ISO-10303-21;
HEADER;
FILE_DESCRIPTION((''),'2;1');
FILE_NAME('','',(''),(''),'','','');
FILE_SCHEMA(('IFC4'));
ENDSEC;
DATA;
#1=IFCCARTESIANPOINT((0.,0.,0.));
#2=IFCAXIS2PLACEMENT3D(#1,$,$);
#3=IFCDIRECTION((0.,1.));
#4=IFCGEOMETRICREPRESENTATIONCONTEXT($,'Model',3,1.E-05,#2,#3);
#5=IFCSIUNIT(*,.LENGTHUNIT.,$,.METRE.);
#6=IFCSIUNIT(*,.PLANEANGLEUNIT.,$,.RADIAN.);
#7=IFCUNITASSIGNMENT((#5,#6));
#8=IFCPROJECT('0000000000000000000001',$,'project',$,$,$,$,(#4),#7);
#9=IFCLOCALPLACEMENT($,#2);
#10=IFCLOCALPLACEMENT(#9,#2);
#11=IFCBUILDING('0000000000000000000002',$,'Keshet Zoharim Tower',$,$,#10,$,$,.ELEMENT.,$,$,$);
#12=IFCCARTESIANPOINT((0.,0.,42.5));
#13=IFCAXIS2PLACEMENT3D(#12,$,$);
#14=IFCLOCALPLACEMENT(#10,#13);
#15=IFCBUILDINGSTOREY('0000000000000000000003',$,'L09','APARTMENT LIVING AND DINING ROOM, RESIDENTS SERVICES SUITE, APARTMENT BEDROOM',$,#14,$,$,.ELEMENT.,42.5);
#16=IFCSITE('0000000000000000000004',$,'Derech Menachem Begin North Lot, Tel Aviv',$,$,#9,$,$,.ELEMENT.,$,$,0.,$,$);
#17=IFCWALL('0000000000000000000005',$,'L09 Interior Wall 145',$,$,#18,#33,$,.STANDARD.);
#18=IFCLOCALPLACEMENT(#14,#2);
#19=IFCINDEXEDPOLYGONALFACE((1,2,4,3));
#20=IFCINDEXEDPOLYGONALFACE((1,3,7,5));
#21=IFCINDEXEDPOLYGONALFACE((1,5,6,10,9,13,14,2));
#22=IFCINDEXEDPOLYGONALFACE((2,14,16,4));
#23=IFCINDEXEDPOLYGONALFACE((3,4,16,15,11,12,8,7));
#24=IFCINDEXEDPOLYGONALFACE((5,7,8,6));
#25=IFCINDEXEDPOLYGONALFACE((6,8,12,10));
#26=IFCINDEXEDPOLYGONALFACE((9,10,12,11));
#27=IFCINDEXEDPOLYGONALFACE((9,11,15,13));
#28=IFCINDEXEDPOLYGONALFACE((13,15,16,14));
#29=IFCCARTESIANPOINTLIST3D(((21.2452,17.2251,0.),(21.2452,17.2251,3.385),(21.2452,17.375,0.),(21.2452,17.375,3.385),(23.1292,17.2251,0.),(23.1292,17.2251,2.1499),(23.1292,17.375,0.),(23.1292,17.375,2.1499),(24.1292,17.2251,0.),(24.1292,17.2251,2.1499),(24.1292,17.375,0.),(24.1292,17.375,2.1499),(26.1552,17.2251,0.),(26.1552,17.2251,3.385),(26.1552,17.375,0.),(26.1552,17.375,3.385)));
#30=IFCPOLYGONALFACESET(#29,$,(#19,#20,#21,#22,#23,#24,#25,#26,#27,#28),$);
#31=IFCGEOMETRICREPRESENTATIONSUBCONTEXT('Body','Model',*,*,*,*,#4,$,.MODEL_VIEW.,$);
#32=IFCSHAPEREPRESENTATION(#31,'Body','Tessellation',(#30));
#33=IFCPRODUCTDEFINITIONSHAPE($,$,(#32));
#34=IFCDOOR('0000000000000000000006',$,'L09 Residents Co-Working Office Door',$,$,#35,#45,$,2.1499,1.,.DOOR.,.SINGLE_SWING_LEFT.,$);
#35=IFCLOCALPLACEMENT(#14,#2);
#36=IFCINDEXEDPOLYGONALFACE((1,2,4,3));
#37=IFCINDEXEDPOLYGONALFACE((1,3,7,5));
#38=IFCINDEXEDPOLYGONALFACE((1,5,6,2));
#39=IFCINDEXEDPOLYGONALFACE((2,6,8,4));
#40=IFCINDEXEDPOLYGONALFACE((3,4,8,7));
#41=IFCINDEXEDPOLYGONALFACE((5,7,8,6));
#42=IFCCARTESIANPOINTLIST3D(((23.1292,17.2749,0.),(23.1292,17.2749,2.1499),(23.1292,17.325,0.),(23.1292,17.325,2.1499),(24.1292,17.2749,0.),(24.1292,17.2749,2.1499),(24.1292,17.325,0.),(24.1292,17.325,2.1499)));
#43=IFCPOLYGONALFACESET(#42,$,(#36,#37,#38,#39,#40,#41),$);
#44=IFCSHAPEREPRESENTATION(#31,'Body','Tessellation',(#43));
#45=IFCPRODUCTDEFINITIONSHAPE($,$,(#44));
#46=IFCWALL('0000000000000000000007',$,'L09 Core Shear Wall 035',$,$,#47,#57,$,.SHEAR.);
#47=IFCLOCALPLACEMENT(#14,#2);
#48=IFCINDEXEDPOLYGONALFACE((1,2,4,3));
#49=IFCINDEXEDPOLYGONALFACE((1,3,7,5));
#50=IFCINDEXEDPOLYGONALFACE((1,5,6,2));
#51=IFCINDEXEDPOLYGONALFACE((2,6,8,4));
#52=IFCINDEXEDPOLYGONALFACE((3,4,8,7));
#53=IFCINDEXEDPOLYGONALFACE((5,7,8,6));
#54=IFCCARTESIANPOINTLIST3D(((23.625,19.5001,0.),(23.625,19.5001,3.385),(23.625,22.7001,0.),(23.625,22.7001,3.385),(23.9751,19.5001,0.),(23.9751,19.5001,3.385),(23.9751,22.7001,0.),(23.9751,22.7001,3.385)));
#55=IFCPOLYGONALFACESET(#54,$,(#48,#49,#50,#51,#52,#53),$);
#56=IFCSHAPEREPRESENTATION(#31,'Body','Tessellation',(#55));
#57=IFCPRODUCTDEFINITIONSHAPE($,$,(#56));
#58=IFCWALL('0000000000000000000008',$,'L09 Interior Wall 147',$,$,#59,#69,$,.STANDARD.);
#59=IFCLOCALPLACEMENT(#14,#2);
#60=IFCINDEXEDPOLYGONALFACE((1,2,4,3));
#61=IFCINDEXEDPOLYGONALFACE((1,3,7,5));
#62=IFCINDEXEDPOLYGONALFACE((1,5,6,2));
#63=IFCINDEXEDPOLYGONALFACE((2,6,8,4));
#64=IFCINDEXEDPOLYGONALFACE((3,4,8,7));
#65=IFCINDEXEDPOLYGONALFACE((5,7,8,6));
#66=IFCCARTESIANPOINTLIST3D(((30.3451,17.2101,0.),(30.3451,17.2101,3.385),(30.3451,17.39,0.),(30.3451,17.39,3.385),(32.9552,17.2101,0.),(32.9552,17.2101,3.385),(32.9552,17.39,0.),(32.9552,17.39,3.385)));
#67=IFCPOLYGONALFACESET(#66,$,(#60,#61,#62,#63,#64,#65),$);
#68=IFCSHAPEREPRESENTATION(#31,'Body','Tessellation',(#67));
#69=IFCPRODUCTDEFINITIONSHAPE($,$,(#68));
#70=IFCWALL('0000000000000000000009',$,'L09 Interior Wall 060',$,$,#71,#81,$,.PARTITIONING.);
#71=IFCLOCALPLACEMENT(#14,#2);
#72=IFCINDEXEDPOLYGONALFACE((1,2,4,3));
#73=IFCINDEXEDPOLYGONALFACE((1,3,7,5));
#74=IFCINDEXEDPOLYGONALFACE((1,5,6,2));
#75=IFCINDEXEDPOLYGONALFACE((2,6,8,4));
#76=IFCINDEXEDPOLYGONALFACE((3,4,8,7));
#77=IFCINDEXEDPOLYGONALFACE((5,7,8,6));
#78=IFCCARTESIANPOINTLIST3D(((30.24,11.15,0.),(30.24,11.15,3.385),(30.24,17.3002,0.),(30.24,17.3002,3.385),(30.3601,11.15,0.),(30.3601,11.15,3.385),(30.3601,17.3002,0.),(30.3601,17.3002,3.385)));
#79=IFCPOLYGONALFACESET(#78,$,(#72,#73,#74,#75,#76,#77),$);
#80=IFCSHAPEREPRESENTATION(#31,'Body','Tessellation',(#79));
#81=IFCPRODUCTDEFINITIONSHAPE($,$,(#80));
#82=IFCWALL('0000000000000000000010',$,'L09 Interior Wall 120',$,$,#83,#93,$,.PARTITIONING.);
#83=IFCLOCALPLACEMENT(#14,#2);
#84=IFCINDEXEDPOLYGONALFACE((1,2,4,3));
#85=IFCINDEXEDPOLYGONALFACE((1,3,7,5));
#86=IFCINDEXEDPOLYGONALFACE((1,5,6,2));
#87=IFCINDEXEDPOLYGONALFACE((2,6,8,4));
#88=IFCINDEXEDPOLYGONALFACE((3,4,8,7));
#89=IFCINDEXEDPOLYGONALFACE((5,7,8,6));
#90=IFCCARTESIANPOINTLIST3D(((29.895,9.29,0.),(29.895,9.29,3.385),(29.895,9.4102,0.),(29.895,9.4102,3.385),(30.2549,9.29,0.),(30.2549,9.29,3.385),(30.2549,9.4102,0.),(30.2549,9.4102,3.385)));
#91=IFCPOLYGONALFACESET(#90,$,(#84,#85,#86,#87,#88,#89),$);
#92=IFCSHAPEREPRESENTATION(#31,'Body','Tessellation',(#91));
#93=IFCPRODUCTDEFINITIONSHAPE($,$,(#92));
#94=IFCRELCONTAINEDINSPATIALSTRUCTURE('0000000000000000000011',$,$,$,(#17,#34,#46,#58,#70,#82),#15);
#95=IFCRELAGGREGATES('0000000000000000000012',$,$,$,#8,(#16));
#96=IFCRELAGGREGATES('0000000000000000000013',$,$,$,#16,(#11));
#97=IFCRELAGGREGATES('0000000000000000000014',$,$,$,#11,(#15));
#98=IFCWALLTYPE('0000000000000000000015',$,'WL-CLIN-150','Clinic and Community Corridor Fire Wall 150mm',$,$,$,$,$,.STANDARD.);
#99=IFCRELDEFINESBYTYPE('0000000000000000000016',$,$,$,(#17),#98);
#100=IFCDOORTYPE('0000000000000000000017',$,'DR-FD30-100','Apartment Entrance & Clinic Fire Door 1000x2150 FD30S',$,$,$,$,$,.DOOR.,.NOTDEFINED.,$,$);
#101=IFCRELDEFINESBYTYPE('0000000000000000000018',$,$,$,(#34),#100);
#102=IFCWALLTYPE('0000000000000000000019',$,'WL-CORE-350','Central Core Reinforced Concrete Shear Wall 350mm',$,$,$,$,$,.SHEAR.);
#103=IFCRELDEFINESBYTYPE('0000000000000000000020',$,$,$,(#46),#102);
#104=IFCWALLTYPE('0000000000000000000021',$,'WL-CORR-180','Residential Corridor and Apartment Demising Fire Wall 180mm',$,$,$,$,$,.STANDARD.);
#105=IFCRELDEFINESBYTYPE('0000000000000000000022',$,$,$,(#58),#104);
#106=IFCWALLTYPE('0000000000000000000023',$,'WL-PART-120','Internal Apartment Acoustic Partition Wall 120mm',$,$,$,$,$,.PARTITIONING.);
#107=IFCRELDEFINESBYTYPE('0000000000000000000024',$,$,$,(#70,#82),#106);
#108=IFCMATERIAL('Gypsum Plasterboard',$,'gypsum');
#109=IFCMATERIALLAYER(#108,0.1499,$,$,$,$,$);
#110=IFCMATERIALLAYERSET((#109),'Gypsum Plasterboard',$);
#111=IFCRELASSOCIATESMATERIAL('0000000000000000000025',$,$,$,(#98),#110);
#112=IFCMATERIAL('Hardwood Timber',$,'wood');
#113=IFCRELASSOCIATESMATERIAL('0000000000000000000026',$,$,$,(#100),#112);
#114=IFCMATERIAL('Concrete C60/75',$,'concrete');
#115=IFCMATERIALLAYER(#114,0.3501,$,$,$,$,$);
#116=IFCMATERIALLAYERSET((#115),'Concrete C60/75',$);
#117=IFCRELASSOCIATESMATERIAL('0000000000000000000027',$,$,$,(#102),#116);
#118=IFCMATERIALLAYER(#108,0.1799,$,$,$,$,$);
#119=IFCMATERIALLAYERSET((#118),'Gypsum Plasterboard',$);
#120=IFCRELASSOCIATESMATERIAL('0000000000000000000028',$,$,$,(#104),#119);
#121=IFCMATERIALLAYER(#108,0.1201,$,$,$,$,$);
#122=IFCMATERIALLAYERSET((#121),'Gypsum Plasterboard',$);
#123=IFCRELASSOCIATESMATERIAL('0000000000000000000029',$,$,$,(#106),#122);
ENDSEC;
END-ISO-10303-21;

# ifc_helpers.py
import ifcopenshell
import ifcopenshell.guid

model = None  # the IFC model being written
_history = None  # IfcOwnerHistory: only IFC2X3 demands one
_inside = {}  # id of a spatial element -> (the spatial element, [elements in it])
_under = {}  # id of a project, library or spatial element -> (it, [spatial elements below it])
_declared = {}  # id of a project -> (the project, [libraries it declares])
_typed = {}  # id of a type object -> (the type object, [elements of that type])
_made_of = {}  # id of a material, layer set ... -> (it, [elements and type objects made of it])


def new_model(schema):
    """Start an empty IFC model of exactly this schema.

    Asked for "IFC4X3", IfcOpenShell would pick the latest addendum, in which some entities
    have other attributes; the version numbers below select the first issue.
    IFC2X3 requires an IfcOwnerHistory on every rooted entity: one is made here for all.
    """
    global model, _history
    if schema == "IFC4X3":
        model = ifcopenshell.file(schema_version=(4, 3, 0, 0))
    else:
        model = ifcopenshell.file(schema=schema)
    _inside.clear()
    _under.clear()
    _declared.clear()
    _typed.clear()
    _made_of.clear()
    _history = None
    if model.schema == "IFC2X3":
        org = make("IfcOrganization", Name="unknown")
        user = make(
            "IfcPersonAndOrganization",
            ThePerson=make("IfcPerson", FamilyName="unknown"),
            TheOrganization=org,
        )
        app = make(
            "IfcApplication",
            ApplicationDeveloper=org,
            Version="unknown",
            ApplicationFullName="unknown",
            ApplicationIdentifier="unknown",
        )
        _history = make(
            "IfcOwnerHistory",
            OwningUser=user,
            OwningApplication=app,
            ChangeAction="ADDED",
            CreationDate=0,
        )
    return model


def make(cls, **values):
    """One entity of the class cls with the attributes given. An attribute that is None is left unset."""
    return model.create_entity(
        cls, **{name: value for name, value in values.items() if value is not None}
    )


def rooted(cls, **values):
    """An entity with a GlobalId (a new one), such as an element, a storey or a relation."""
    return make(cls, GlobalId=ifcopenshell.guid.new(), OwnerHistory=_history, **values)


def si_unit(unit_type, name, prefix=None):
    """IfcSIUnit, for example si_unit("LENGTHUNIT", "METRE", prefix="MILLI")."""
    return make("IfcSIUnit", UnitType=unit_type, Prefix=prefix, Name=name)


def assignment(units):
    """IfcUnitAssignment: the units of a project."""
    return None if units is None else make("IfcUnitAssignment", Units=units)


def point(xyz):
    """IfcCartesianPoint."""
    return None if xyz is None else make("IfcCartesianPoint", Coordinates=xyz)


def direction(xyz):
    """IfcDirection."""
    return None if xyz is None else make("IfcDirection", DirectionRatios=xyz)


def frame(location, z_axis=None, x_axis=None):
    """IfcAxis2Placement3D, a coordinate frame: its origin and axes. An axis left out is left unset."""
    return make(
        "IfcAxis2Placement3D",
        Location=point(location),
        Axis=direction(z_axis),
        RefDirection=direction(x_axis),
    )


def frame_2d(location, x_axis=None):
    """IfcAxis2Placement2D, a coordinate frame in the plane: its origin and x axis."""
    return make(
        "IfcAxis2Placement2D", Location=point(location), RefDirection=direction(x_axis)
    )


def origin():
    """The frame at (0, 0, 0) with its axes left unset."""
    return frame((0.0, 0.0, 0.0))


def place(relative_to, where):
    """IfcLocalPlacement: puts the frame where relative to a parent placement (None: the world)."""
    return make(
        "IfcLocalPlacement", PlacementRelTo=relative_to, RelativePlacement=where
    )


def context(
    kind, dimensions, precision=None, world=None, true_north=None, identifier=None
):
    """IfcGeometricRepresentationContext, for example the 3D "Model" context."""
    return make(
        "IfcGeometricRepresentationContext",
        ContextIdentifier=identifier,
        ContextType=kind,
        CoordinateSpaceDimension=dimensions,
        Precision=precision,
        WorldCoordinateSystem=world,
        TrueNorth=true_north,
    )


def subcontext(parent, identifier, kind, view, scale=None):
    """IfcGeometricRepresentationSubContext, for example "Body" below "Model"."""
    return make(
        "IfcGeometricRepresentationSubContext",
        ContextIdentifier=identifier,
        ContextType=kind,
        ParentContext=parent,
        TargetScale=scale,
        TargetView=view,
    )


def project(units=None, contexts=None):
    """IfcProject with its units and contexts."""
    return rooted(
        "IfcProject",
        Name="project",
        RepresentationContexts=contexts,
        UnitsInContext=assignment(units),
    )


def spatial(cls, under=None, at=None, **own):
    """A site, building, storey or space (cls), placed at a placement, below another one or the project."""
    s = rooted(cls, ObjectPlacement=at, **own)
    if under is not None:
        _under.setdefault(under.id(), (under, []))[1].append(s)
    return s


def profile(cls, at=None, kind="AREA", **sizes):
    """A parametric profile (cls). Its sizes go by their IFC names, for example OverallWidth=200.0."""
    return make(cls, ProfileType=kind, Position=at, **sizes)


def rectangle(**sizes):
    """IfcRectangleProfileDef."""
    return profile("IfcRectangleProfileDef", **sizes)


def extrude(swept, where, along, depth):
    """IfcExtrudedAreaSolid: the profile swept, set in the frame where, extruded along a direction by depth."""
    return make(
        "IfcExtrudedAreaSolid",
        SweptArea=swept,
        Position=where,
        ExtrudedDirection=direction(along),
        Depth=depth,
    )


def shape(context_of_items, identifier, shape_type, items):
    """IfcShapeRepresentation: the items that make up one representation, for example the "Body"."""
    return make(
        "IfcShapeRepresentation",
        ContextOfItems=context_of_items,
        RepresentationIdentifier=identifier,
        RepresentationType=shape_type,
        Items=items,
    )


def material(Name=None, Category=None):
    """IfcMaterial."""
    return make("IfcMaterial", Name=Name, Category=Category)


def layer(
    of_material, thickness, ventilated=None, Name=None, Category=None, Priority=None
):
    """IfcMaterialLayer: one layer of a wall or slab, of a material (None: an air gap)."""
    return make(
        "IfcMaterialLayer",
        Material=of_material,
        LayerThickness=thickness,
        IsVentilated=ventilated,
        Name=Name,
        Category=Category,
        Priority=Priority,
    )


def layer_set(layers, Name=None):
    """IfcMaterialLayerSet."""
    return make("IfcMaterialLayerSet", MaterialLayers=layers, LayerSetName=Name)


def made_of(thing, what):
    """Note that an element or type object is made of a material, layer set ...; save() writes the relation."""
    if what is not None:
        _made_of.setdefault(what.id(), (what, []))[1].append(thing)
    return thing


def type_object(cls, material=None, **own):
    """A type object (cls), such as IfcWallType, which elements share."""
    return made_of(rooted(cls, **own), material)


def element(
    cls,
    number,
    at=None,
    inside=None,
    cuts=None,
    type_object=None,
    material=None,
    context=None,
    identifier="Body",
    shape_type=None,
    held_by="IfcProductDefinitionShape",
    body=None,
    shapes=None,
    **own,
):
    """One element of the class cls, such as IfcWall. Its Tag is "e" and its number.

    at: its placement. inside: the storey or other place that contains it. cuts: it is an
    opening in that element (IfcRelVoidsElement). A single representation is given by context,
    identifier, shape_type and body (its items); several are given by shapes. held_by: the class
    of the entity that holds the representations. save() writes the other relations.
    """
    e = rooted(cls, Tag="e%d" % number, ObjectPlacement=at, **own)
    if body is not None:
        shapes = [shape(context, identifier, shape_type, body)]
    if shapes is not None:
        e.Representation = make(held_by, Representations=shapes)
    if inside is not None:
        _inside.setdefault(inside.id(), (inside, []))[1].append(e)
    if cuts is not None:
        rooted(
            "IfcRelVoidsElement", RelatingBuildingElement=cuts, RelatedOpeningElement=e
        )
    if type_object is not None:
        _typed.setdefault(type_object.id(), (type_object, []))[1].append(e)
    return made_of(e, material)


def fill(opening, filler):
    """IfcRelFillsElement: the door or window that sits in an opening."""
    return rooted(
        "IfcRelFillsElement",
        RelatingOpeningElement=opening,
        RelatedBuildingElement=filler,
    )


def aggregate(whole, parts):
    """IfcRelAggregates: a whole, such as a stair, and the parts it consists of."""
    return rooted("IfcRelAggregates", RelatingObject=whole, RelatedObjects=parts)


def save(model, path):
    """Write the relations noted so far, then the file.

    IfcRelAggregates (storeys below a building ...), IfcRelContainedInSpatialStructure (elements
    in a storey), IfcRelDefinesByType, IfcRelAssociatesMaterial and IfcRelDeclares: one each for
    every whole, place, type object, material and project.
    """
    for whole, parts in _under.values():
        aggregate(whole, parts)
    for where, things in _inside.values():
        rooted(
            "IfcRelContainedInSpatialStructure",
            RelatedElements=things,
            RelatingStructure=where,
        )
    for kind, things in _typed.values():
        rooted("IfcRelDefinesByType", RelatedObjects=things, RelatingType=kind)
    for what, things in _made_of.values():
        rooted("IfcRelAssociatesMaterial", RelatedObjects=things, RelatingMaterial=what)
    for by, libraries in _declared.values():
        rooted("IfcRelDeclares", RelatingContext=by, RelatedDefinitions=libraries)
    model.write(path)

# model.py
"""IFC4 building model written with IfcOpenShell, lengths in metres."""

from ifc_helpers import new_model, si_unit, direction, frame, frame_2d, origin, place, context, subcontext, project, spatial, rectangle, extrude, material, layer, layer_set, type_object, element, fill, save


model = new_model("IFC4")

# Units and contexts
model_context = context("Model", 3, precision=1e-05, world=origin(), true_north=direction((0.0, 1.0)))
body_context = subcontext(model_context, "Body", "Model", "MODEL_VIEW")
ifc_project = project(units=[si_unit("LENGTHUNIT", "METRE"), si_unit("PLANEANGLEUNIT", "RADIAN")], contexts=[model_context])

# Site, building, storey
site_placement = place(None, origin())
site = spatial("IfcSite", under=ifc_project, at=site_placement, Name="Derech Menachem Begin North Lot, Tel Aviv", CompositionType="ELEMENT", RefElevation=0.0)
building_placement = place(site_placement, origin())
building = spatial("IfcBuilding", under=site, at=building_placement, Name="Keshet Zoharim Tower", CompositionType="ELEMENT")
storey_placement = place(building_placement, frame((0.0, 0.0, 42.5)))
storey = spatial("IfcBuildingStorey", under=building, at=storey_placement, Name="L09", Description="APARTMENT LIVING AND DINING ROOM, RESIDENTS SERVICES SUITE, APARTMENT BEDROOM", CompositionType="ELEMENT", Elevation=42.5)

# Shared definitions
ifc_material_1 = material(Name="Concrete C60/75", Category="concrete")

# Wall, opening, door
ifc_material_2 = material(Name="Gypsum Plasterboard", Category="gypsum")
ifc_layer_1 = layer(ifc_material_2, 0.1499)
ifc_layer_set_1 = layer_set([ifc_layer_1], Name="Gypsum Plasterboard")
wall_type_1 = type_object("IfcWallType", Name="WL-CLIN-150", Description="Clinic and Community Corridor Fire Wall 150mm", PredefinedType="STANDARD", material=ifc_layer_set_1)
wall_1_placement = place(storey_placement, frame((21.2451, 17.3, 0.0), z_axis=(0.0, 0.0, 1.0), x_axis=(1.0, 0.0, 0.0)))
wall_1 = element("IfcWall", 1, at=wall_1_placement, inside=storey, type_object=wall_type_1, Name="L09 Interior Wall 145", PredefinedType="STANDARD", context=body_context, shape_type="SweptSolid", body=[
    extrude(rectangle(XDim=4.9099, YDim=0.1499, at=frame_2d((2.4551, 0.0))), origin(), (0.0, 0.0, 1.0), 3.385),
])
opening_1_placement = place(wall_1_placement, frame((1.884, 0.0, 0.0)))
opening_1 = element("IfcOpeningElement", 2, at=opening_1_placement, cuts=wall_1, PredefinedType="OPENING", context=body_context, shape_type="SweptSolid", body=[
    extrude(rectangle(XDim=1.0, YDim=2.1499, at=frame_2d((0.5, 1.075))), frame((0.0, 0.085, 0.0), z_axis=(0.0, -1.0, 0.0), x_axis=(1.0, 0.0, 0.0)), (0.0, 0.0, 1.0), 0.1699),
])
ifc_material_3 = material(Name="Hardwood Timber", Category="wood")
door_type_1 = type_object("IfcDoorType", Name="DR-FD30-100", Description="Apartment Entrance & Clinic Fire Door 1000x2150 FD30S", OperationType="NOTDEFINED", PredefinedType="DOOR", material=ifc_material_3)
door_1_placement = place(opening_1_placement, origin())
door_1 = element("IfcDoor", 3, at=door_1_placement, inside=storey, type_object=door_type_1, Name="L09 Residents Co-Working Office Door", OperationType="SINGLE_SWING_LEFT", OverallHeight=2.1499, OverallWidth=1.0, PredefinedType="DOOR", context=body_context, shape_type="SweptSolid", body=[
    extrude(rectangle(XDim=1.0, YDim=2.1499, at=frame_2d((0.5, 1.075))), frame((0.0, 0.0249, 0.0), z_axis=(0.0, -1.0, 0.0), x_axis=(1.0, 0.0, 0.0)), (0.0, 0.0, 1.0), 0.05),
])
fill(opening_1, door_1)

# Wall
ifc_layer_2 = layer(ifc_material_1, 0.3501)
ifc_layer_set_2 = layer_set([ifc_layer_2], Name="Concrete C60/75")
wall_type_2 = type_object("IfcWallType", Name="WL-CORE-350", Description="Central Core Reinforced Concrete Shear Wall 350mm", PredefinedType="SHEAR", material=ifc_layer_set_2)
wall_2_placement = place(storey_placement, frame((23.8, 19.5, 0.0), z_axis=(0.0, 0.0, 1.0), x_axis=(0.0, 1.0, 0.0)))
element("IfcWall", 4, at=wall_2_placement, inside=storey, type_object=wall_type_2, Name="L09 Core Shear Wall 035", PredefinedType="SHEAR", context=body_context, shape_type="SweptSolid", body=[
    extrude(rectangle(XDim=3.2, YDim=0.3501, at=frame_2d((1.6001, 0.0))), origin(), (0.0, 0.0, 1.0), 3.385),
])

# Shared definitions
ifc_layer_3 = layer(ifc_material_2, 0.1799)
ifc_layer_set_3 = layer_set([ifc_layer_3], Name="Gypsum Plasterboard")
wall_type_3 = type_object("IfcWallType", Name="WL-CORR-180", Description="Residential Corridor and Apartment Demising Fire Wall 180mm", PredefinedType="STANDARD", material=ifc_layer_set_3)

# Walls
wall_3_placement = place(storey_placement, frame((30.345, 17.3, 0.0), z_axis=(0.0, 0.0, 1.0), x_axis=(1.0, 0.0, 0.0)))
element("IfcWall", 5, at=wall_3_placement, inside=storey, type_object=wall_type_3, Name="L09 Interior Wall 147", PredefinedType="STANDARD", context=body_context, shape_type="SweptSolid", body=[
    extrude(rectangle(XDim=2.6101, YDim=0.1799, at=frame_2d((1.3052, 0.0))), origin(), (0.0, 0.0, 1.0), 3.385),
])
ifc_layer_4 = layer(ifc_material_2, 0.1201)
ifc_layer_set_4 = layer_set([ifc_layer_4], Name="Gypsum Plasterboard")
wall_type_4 = type_object("IfcWallType", Name="WL-PART-120", Description="Internal Apartment Acoustic Partition Wall 120mm", PredefinedType="PARTITIONING", material=ifc_layer_set_4)
wall_4_placement = place(storey_placement, frame((30.3, 11.1499, 0.0), z_axis=(0.0, 0.0, 1.0), x_axis=(0.0, 1.0, 0.0)))
element("IfcWall", 6, at=wall_4_placement, inside=storey, type_object=wall_type_4, Name="L09 Interior Wall 060", PredefinedType="PARTITIONING", context=body_context, shape_type="SweptSolid", body=[
    extrude(rectangle(XDim=6.1501, YDim=0.1201, at=frame_2d((3.0752, 0.0))), origin(), (0.0, 0.0, 1.0), 3.385),
])
wall_5_placement = place(storey_placement, frame((29.895, 9.3501, 0.0), z_axis=(0.0, 0.0, 1.0), x_axis=(1.0, 0.0, 0.0)))
element("IfcWall", 7, at=wall_5_placement, inside=storey, type_object=wall_type_4, Name="L09 Interior Wall 120", PredefinedType="PARTITIONING", context=body_context, shape_type="SweptSolid", body=[
    extrude(rectangle(XDim=0.3599, YDim=0.1201, at=frame_2d((0.1799, 0.0))), origin(), (0.0, 0.0, 1.0), 3.385),
])

save(model, "model.ifc")
